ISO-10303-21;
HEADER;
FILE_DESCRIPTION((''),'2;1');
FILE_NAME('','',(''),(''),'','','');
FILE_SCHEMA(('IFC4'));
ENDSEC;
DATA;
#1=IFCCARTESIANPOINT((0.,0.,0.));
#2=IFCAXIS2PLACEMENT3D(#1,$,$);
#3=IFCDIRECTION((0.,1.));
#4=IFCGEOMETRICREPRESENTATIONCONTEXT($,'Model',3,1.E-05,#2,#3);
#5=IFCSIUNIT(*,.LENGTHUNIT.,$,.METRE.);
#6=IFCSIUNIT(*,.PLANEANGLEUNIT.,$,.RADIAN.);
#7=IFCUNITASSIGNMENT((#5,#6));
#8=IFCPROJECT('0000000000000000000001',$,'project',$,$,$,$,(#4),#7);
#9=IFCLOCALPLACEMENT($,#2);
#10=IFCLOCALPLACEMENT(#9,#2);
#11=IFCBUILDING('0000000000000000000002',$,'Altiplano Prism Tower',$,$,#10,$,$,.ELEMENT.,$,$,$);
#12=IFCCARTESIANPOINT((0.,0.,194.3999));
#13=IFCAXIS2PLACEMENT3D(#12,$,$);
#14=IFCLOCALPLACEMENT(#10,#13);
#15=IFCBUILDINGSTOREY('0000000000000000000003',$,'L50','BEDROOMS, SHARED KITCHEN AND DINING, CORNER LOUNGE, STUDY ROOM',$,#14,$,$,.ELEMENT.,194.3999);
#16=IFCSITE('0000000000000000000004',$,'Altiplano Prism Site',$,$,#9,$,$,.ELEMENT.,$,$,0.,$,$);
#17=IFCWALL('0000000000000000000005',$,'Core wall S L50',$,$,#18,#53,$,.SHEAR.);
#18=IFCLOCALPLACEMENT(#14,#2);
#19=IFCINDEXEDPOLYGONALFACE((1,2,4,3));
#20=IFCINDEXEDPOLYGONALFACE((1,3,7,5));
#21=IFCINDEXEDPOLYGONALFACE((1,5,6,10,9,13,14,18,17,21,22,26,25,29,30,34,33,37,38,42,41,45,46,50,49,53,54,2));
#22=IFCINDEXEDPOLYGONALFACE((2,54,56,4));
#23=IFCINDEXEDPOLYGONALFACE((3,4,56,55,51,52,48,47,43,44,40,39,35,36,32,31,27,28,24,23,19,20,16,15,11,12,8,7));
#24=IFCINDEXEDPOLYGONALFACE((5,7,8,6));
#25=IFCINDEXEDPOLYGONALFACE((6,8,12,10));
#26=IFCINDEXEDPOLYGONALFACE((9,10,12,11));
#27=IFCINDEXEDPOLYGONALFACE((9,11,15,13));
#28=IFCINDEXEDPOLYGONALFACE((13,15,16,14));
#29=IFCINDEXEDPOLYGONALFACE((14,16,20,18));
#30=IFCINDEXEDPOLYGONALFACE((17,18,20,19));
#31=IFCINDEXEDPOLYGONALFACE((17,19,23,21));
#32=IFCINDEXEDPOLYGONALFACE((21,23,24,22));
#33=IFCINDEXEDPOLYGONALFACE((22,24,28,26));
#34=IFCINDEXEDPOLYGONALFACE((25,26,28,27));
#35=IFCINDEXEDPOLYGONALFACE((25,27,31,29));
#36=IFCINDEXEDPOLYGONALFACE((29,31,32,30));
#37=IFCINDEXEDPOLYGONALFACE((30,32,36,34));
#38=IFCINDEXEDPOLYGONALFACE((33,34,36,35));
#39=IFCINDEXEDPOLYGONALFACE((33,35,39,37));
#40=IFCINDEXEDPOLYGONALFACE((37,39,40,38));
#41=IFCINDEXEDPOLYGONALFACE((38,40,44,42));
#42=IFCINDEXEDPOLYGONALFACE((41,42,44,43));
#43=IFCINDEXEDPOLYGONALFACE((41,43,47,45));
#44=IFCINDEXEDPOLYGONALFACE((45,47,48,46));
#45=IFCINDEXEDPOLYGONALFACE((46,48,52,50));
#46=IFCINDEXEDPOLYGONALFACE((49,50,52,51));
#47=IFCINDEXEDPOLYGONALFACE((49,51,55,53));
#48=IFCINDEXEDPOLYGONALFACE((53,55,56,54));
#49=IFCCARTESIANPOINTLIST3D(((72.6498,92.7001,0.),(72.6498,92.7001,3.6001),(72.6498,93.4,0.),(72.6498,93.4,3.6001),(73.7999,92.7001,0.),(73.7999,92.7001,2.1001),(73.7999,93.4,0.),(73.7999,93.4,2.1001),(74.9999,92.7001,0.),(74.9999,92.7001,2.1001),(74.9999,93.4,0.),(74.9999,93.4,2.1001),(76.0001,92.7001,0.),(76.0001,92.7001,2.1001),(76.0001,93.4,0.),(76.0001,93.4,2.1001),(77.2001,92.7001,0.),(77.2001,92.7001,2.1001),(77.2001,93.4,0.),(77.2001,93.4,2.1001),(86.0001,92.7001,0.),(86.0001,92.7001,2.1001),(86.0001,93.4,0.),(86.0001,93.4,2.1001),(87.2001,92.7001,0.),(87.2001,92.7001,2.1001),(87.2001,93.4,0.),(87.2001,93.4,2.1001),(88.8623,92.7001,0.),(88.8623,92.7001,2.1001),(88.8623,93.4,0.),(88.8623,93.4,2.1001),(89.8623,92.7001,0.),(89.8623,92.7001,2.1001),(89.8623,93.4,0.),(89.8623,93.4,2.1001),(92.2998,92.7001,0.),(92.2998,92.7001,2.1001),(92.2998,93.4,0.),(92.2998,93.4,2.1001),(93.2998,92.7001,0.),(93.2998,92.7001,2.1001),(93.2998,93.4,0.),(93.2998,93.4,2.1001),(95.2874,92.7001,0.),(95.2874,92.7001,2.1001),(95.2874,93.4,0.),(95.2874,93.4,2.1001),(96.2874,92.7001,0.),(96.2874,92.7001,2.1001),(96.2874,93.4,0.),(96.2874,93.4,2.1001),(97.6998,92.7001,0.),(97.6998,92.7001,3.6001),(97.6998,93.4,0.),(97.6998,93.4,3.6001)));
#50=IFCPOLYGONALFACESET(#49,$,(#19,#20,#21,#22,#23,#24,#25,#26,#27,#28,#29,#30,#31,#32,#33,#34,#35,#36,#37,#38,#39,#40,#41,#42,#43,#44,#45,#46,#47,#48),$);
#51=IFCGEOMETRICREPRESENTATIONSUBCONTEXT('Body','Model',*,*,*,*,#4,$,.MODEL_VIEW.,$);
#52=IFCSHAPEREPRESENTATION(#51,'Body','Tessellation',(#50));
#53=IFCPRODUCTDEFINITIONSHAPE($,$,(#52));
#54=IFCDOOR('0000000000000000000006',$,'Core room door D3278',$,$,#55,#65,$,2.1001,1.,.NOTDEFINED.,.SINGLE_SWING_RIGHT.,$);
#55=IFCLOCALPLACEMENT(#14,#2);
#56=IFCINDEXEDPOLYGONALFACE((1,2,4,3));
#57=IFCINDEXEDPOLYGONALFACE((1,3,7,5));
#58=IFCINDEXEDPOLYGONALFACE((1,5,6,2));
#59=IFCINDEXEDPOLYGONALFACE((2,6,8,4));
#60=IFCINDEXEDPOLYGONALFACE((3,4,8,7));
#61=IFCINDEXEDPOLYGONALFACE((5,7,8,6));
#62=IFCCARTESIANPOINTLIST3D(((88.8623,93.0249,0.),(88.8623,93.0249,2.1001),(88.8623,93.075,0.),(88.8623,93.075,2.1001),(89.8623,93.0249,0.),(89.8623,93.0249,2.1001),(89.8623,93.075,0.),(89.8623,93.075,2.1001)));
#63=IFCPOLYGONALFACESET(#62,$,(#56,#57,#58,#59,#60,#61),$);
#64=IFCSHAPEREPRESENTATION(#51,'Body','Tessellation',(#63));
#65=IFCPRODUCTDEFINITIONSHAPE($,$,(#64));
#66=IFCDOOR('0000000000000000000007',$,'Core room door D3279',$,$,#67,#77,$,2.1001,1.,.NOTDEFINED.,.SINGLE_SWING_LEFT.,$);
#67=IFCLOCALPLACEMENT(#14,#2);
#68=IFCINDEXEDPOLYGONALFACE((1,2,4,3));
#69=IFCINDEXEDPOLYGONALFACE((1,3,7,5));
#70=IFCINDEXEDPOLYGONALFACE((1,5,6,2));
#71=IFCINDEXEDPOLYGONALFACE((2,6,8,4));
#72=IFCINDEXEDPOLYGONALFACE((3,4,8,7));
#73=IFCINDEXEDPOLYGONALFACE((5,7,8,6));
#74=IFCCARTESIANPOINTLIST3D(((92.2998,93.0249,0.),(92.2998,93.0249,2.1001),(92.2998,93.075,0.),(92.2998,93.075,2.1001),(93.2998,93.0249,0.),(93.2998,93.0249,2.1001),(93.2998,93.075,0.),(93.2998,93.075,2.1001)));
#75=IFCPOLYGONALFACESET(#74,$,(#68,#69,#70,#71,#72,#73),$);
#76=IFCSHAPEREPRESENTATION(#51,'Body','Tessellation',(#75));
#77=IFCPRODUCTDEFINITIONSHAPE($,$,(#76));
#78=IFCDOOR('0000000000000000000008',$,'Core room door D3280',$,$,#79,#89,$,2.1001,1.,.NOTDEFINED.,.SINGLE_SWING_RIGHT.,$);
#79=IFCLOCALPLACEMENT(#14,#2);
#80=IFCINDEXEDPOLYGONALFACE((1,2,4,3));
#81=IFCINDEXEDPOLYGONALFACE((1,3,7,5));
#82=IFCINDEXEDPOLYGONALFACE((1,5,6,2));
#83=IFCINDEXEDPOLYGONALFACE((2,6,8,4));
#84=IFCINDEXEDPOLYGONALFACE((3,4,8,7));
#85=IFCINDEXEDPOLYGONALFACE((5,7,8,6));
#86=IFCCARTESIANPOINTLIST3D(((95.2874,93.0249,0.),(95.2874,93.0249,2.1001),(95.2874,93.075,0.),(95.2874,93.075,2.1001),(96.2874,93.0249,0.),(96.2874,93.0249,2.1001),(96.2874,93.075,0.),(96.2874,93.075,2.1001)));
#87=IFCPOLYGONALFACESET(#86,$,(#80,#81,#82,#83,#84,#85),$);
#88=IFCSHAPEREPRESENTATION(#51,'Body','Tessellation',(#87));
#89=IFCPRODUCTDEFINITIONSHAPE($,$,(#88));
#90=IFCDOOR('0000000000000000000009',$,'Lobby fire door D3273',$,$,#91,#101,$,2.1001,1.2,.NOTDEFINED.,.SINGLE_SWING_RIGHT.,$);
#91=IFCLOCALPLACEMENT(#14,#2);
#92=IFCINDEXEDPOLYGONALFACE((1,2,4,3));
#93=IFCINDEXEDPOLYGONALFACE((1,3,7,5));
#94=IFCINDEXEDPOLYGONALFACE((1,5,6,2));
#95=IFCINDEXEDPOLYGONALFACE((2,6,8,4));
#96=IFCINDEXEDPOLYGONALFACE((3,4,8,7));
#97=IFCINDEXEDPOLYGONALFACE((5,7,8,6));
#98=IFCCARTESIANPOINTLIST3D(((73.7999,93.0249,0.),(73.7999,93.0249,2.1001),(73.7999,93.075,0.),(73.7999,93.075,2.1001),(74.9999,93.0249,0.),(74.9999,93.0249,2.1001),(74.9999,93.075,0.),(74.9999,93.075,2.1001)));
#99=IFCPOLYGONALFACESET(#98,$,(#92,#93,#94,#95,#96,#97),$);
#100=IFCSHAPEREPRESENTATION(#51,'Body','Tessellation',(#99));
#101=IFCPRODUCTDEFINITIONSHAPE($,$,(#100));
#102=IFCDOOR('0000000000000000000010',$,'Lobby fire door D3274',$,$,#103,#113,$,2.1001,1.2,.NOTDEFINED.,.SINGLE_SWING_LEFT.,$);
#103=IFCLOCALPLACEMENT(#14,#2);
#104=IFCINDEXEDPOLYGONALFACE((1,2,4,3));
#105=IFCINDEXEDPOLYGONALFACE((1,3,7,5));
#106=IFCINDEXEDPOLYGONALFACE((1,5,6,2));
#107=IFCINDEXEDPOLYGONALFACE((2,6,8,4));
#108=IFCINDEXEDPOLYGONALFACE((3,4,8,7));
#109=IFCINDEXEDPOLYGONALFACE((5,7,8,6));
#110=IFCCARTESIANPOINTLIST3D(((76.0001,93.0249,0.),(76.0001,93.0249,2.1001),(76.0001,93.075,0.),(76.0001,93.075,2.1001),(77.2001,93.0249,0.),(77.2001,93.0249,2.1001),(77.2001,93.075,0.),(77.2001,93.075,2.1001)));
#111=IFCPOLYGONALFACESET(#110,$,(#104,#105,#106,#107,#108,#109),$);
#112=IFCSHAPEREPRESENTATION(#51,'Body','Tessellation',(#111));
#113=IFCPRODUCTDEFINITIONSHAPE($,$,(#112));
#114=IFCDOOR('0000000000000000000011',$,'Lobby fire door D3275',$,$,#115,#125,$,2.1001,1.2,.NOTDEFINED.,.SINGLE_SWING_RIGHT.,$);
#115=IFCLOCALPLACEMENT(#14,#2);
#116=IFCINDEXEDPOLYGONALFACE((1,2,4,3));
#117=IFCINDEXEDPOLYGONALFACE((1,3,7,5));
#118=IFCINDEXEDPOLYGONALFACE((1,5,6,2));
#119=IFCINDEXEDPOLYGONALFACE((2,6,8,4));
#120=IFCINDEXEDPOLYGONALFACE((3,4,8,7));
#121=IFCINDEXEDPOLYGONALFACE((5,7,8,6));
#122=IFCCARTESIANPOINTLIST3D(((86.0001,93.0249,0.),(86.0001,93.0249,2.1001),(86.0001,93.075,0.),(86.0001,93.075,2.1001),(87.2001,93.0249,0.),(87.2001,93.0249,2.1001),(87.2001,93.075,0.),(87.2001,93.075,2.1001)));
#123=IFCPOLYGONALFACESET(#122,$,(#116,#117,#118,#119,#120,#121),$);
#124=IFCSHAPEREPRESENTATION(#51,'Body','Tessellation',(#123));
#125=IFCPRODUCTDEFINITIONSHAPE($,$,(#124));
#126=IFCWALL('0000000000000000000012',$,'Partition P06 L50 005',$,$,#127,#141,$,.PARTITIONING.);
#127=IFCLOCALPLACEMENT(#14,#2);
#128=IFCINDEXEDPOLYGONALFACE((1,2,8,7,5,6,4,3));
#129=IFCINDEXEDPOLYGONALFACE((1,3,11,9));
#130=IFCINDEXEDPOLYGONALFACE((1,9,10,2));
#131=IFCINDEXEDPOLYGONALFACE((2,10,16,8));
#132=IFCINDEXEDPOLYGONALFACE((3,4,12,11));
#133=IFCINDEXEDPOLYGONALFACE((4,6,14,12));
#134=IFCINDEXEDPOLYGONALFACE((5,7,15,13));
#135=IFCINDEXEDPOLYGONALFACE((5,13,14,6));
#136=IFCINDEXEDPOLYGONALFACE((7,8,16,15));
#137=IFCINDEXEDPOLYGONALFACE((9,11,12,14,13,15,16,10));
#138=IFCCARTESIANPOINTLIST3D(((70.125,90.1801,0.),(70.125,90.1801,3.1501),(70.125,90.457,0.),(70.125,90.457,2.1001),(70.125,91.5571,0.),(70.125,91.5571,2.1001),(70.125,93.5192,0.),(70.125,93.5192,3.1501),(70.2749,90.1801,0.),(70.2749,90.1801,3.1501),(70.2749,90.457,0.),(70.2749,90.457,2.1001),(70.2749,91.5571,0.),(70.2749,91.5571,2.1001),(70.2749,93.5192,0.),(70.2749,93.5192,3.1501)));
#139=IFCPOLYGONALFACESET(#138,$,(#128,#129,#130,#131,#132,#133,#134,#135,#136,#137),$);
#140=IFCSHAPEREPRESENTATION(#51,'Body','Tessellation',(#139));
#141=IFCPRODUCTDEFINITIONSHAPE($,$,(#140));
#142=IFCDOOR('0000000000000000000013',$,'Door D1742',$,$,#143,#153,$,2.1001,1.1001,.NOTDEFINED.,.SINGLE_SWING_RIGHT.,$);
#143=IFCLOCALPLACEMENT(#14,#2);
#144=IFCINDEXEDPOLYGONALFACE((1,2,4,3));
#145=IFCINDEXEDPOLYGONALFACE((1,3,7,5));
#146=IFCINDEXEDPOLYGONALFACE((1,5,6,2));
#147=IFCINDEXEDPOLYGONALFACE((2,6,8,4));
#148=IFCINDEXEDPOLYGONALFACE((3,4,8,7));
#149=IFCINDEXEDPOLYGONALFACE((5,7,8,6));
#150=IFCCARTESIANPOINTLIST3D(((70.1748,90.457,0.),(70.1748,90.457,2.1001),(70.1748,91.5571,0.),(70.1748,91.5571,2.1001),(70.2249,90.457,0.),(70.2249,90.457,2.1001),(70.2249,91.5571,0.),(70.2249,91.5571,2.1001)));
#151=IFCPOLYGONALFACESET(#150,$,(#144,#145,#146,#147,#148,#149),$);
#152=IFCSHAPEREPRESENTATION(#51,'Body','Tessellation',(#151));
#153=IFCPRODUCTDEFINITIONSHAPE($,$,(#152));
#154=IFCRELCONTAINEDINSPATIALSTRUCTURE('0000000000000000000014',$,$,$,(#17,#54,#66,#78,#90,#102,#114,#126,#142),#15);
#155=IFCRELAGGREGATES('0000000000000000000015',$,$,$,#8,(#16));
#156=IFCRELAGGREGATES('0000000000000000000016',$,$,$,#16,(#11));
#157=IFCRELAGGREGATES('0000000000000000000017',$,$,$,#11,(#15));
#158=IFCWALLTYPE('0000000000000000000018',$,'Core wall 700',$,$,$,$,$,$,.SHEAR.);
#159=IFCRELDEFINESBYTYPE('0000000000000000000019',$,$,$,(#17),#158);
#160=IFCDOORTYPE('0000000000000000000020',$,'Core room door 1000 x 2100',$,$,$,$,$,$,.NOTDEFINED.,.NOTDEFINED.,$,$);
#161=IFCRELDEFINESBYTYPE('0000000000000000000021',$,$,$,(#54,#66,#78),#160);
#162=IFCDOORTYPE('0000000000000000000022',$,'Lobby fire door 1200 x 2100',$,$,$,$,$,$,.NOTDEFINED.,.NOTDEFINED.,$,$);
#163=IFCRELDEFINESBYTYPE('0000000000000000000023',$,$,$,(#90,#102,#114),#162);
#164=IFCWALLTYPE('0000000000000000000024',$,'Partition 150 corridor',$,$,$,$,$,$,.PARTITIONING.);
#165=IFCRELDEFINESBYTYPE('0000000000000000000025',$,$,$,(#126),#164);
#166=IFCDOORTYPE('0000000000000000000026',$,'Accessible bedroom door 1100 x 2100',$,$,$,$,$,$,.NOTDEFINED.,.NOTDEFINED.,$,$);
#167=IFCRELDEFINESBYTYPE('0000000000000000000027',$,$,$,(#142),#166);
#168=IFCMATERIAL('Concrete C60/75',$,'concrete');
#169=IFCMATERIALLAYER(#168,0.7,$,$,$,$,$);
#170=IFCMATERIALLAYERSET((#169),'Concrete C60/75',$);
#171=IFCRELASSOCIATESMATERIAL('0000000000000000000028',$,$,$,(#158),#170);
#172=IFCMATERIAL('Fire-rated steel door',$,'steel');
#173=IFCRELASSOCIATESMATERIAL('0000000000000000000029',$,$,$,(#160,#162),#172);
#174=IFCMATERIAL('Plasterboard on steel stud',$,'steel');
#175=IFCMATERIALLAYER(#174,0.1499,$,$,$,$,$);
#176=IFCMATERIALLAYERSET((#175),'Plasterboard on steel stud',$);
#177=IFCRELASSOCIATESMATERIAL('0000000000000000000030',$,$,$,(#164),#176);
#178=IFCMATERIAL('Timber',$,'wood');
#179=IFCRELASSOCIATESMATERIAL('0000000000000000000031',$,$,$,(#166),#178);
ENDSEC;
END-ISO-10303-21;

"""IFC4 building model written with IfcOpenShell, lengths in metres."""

from ifc_helpers import new_model, si_unit, direction, frame, frame_2d, origin, place, context, subcontext, project, spatial, rectangle, extrude, material, layer, layer_set, type_object, element, fill, save


model = new_model("IFC4")

# Units and contexts
model_context = context("Model", 3, precision=1e-05, world=origin(), true_north=direction((0.0, 1.0)))
body_context = subcontext(model_context, "Body", "Model", "MODEL_VIEW")
ifc_project = project(units=[si_unit("LENGTHUNIT", "METRE"), si_unit("PLANEANGLEUNIT", "RADIAN")], contexts=[model_context])

# Site, building, storey
site_placement = place(None, origin())
site = spatial("IfcSite", under=ifc_project, at=site_placement, Name="Altiplano Prism Site", CompositionType="ELEMENT", RefElevation=0.0)
building_placement = place(site_placement, origin())
building = spatial("IfcBuilding", under=site, at=building_placement, Name="Altiplano Prism Tower", CompositionType="ELEMENT")
storey_placement = place(building_placement, frame((0.0, 0.0, 194.3999)))
storey = spatial("IfcBuildingStorey", under=building, at=storey_placement, Name="L50", Description="BEDROOMS, SHARED KITCHEN AND DINING, CORNER LOUNGE, STUDY ROOM", CompositionType="ELEMENT", Elevation=194.3999)

# Wall, openings, doors
ifc_material_1 = material(Name="Concrete C60/75", Category="concrete")
ifc_layer_1 = layer(ifc_material_1, 0.7)
ifc_layer_set_1 = layer_set([ifc_layer_1], Name="Concrete C60/75")
wall_type_1 = type_object("IfcWallType", Name="Core wall 700", PredefinedType="SHEAR", material=ifc_layer_set_1)
wall_1_placement = place(storey_placement, frame((72.6499, 93.05, 0.0), z_axis=(0.0, 0.0, 1.0), x_axis=(1.0, 0.0, 0.0)))
wall_1 = element("IfcWall", 1, at=wall_1_placement, inside=storey, type_object=wall_type_1, Name="Core wall S L50", PredefinedType="SHEAR", context=body_context, shape_type="SweptSolid", body=[
    extrude(rectangle(XDim=25.05, YDim=0.7, at=frame_2d((12.5249, 0.0))), origin(), (0.0, 0.0, 1.0), 3.6001),
])
opening_1_placement = place(wall_1_placement, frame((1.1499, 0.0, 0.0)))
opening_1 = element("IfcOpeningElement", 2, at=opening_1_placement, cuts=wall_1, PredefinedType="OPENING", context=body_context, shape_type="SweptSolid", body=[
    extrude(rectangle(XDim=1.2, YDim=2.1001, at=frame_2d((0.6001, 1.05))), frame((0.0, 0.3604, 0.0), z_axis=(0.0, -1.0, 0.0), x_axis=(1.0, 0.0, 0.0)), (0.0, 0.0, 1.0), 0.7209),
])
opening_2_placement = place(wall_1_placement, frame((3.3501, 0.0, 0.0)))
opening_2 = element("IfcOpeningElement", 3, at=opening_2_placement, cuts=wall_1, PredefinedType="OPENING", context=body_context, shape_type="SweptSolid", body=[
    extrude(rectangle(XDim=1.2, YDim=2.1001, at=frame_2d((0.6001, 1.05))), frame((0.0, 0.3604, 0.0), z_axis=(0.0, -1.0, 0.0), x_axis=(1.0, 0.0, 0.0)), (0.0, 0.0, 1.0), 0.7209),
])
opening_3_placement = place(wall_1_placement, frame((13.3501, 0.0, 0.0)))
opening_3 = element("IfcOpeningElement", 4, at=opening_3_placement, cuts=wall_1, PredefinedType="OPENING", context=body_context, shape_type="SweptSolid", body=[
    extrude(rectangle(XDim=1.2, YDim=2.1001, at=frame_2d((0.6001, 1.05))), frame((0.0, 0.3604, 0.0), z_axis=(0.0, -1.0, 0.0), x_axis=(1.0, 0.0, 0.0)), (0.0, 0.0, 1.0), 0.7209),
])
opening_4_placement = place(wall_1_placement, frame((16.2124, 0.0, 0.0)))
opening_4 = element("IfcOpeningElement", 5, at=opening_4_placement, cuts=wall_1, PredefinedType="OPENING", context=body_context, shape_type="SweptSolid", body=[
    extrude(rectangle(XDim=1.0, YDim=2.1001, at=frame_2d((0.5, 1.05))), frame((0.0, 0.3604, 0.0), z_axis=(0.0, -1.0, 0.0), x_axis=(1.0, 0.0, 0.0)), (0.0, 0.0, 1.0), 0.7209),
])
opening_5_placement = place(wall_1_placement, frame((19.6499, 0.0, 0.0)))
opening_5 = element("IfcOpeningElement", 6, at=opening_5_placement, cuts=wall_1, PredefinedType="OPENING", context=body_context, shape_type="SweptSolid", body=[
    extrude(rectangle(XDim=1.0, YDim=2.1001, at=frame_2d((0.5, 1.05))), frame((0.0, 0.3604, 0.0), z_axis=(0.0, -1.0, 0.0), x_axis=(1.0, 0.0, 0.0)), (0.0, 0.0, 1.0), 0.7209),
])
opening_6_placement = place(wall_1_placement, frame((22.6375, 0.0, 0.0)))
opening_6 = element("IfcOpeningElement", 7, at=opening_6_placement, cuts=wall_1, PredefinedType="OPENING", context=body_context, shape_type="SweptSolid", body=[
    extrude(rectangle(XDim=1.0, YDim=2.1001, at=frame_2d((0.5, 1.05))), frame((0.0, 0.3604, 0.0), z_axis=(0.0, -1.0, 0.0), x_axis=(1.0, 0.0, 0.0)), (0.0, 0.0, 1.0), 0.7209),
])
ifc_material_2 = material(Name="Fire-rated steel door", Category="steel")
door_type_1 = type_object("IfcDoorType", Name="Core room door 1000 x 2100", OperationType="NOTDEFINED", PredefinedType="NOTDEFINED", material=ifc_material_2)
door_1_placement = place(opening_4_placement, origin())
door_1 = element("IfcDoor", 8, at=door_1_placement, inside=storey, type_object=door_type_1, Name="Core room door D3278", OperationType="SINGLE_SWING_RIGHT", OverallHeight=2.1001, OverallWidth=1.0, PredefinedType="NOTDEFINED", context=body_context, shape_type="SweptSolid", body=[
    extrude(rectangle(XDim=1.0, YDim=2.1001, at=frame_2d((0.5, 1.05))), frame((0.0, 0.0249, 0.0), z_axis=(0.0, -1.0, 0.0), x_axis=(1.0, 0.0, 0.0)), (0.0, 0.0, 1.0), 0.05),
])
fill(opening_4, door_1)
door_2_placement = place(opening_5_placement, origin())
door_2 = element("IfcDoor", 9, at=door_2_placement, inside=storey, type_object=door_type_1, Name="Core room door D3279", OperationType="SINGLE_SWING_LEFT", OverallHeight=2.1001, OverallWidth=1.0, PredefinedType="NOTDEFINED", context=body_context, shape_type="SweptSolid", body=[
    extrude(rectangle(XDim=1.0, YDim=2.1001, at=frame_2d((0.5, 1.05))), frame((0.0, 0.0249, 0.0), z_axis=(0.0, -1.0, 0.0), x_axis=(1.0, 0.0, 0.0)), (0.0, 0.0, 1.0), 0.05),
])
fill(opening_5, door_2)
door_3_placement = place(opening_6_placement, origin())
door_3 = element("IfcDoor", 10, at=door_3_placement, inside=storey, type_object=door_type_1, Name="Core room door D3280", OperationType="SINGLE_SWING_RIGHT", OverallHeight=2.1001, OverallWidth=1.0, PredefinedType="NOTDEFINED", context=body_context, shape_type="SweptSolid", body=[
    extrude(rectangle(XDim=1.0, YDim=2.1001, at=frame_2d((0.5, 1.05))), frame((0.0, 0.0249, 0.0), z_axis=(0.0, -1.0, 0.0), x_axis=(1.0, 0.0, 0.0)), (0.0, 0.0, 1.0), 0.05),
])
fill(opening_6, door_3)
door_type_2 = type_object("IfcDoorType", Name="Lobby fire door 1200 x 2100", OperationType="NOTDEFINED", PredefinedType="NOTDEFINED", material=ifc_material_2)
door_4_placement = place(opening_1_placement, origin())
door_4 = element("IfcDoor", 11, at=door_4_placement, inside=storey, type_object=door_type_2, Name="Lobby fire door D3273", OperationType="SINGLE_SWING_RIGHT", OverallHeight=2.1001, OverallWidth=1.2, PredefinedType="NOTDEFINED", context=body_context, shape_type="SweptSolid", body=[
    extrude(rectangle(XDim=1.2, YDim=2.1001, at=frame_2d((0.6001, 1.05))), frame((0.0, 0.0249, 0.0), z_axis=(0.0, -1.0, 0.0), x_axis=(1.0, 0.0, 0.0)), (0.0, 0.0, 1.0), 0.05),
])
fill(opening_1, door_4)
door_5_placement = place(opening_2_placement, origin())
door_5 = element("IfcDoor", 12, at=door_5_placement, inside=storey, type_object=door_type_2, Name="Lobby fire door D3274", OperationType="SINGLE_SWING_LEFT", OverallHeight=2.1001, OverallWidth=1.2, PredefinedType="NOTDEFINED", context=body_context, shape_type="SweptSolid", body=[
    extrude(rectangle(XDim=1.2, YDim=2.1001, at=frame_2d((0.6001, 1.05))), frame((0.0, 0.0249, 0.0), z_axis=(0.0, -1.0, 0.0), x_axis=(1.0, 0.0, 0.0)), (0.0, 0.0, 1.0), 0.05),
])
fill(opening_2, door_5)
door_6_placement = place(opening_3_placement, origin())
door_6 = element("IfcDoor", 13, at=door_6_placement, inside=storey, type_object=door_type_2, Name="Lobby fire door D3275", OperationType="SINGLE_SWING_RIGHT", OverallHeight=2.1001, OverallWidth=1.2, PredefinedType="NOTDEFINED", context=body_context, shape_type="SweptSolid", body=[
    extrude(rectangle(XDim=1.2, YDim=2.1001, at=frame_2d((0.6001, 1.05))), frame((0.0, 0.0249, 0.0), z_axis=(0.0, -1.0, 0.0), x_axis=(1.0, 0.0, 0.0)), (0.0, 0.0, 1.0), 0.05),
])
fill(opening_3, door_6)

# Wall, opening, door
ifc_material_3 = material(Name="Plasterboard on steel stud", Category="steel")
ifc_layer_2 = layer(ifc_material_3, 0.1499)
ifc_layer_set_2 = layer_set([ifc_layer_2], Name="Plasterboard on steel stud")
wall_type_2 = type_object("IfcWallType", Name="Partition 150 corridor", PredefinedType="PARTITIONING", material=ifc_layer_set_2)
wall_2_placement = place(storey_placement, frame((70.2, 93.519, 0.0), z_axis=(0.0, 0.0, 1.0), x_axis=(0.0, -1.0, 0.0)))
wall_2 = element("IfcWall", 14, at=wall_2_placement, inside=storey, type_object=wall_type_2, Name="Partition P06 L50 005", PredefinedType="PARTITIONING", context=body_context, shape_type="SweptSolid", body=[
    extrude(rectangle(XDim=3.3391, YDim=0.1499, at=frame_2d((1.6694, 0.0))), origin(), (0.0, 0.0, 1.0), 3.1501),
])
opening_7_placement = place(wall_2_placement, frame((1.9619, 0.0, 0.0)))
opening_7 = element("IfcOpeningElement", 15, at=opening_7_placement, cuts=wall_2, PredefinedType="OPENING", context=body_context, shape_type="SweptSolid", body=[
    extrude(rectangle(XDim=1.1001, YDim=2.1001, at=frame_2d((0.55, 1.05))), frame((0.0, 0.0854, 0.0), z_axis=(0.0, -1.0, 0.0), x_axis=(1.0, 0.0, 0.0)), (0.0, 0.0, 1.0), 0.1709),
])
ifc_material_4 = material(Name="Timber", Category="wood")
door_type_3 = type_object("IfcDoorType", Name="Accessible bedroom door 1100 x 2100", OperationType="NOTDEFINED", PredefinedType="NOTDEFINED", material=ifc_material_4)
door_7_placement = place(opening_7_placement, origin())
door_7 = element("IfcDoor", 16, at=door_7_placement, inside=storey, type_object=door_type_3, Name="Door D1742", OperationType="SINGLE_SWING_RIGHT", OverallHeight=2.1001, OverallWidth=1.1001, PredefinedType="NOTDEFINED", context=body_context, shape_type="SweptSolid", body=[
    extrude(rectangle(XDim=1.1001, YDim=2.1001, at=frame_2d((0.55, 1.05))), frame((0.0, 0.0249, 0.0), z_axis=(0.0, -1.0, 0.0), x_axis=(1.0, 0.0, 0.0)), (0.0, 0.0, 1.0), 0.05),
])
fill(opening_7, door_7)

save(model, "model.ifc")
